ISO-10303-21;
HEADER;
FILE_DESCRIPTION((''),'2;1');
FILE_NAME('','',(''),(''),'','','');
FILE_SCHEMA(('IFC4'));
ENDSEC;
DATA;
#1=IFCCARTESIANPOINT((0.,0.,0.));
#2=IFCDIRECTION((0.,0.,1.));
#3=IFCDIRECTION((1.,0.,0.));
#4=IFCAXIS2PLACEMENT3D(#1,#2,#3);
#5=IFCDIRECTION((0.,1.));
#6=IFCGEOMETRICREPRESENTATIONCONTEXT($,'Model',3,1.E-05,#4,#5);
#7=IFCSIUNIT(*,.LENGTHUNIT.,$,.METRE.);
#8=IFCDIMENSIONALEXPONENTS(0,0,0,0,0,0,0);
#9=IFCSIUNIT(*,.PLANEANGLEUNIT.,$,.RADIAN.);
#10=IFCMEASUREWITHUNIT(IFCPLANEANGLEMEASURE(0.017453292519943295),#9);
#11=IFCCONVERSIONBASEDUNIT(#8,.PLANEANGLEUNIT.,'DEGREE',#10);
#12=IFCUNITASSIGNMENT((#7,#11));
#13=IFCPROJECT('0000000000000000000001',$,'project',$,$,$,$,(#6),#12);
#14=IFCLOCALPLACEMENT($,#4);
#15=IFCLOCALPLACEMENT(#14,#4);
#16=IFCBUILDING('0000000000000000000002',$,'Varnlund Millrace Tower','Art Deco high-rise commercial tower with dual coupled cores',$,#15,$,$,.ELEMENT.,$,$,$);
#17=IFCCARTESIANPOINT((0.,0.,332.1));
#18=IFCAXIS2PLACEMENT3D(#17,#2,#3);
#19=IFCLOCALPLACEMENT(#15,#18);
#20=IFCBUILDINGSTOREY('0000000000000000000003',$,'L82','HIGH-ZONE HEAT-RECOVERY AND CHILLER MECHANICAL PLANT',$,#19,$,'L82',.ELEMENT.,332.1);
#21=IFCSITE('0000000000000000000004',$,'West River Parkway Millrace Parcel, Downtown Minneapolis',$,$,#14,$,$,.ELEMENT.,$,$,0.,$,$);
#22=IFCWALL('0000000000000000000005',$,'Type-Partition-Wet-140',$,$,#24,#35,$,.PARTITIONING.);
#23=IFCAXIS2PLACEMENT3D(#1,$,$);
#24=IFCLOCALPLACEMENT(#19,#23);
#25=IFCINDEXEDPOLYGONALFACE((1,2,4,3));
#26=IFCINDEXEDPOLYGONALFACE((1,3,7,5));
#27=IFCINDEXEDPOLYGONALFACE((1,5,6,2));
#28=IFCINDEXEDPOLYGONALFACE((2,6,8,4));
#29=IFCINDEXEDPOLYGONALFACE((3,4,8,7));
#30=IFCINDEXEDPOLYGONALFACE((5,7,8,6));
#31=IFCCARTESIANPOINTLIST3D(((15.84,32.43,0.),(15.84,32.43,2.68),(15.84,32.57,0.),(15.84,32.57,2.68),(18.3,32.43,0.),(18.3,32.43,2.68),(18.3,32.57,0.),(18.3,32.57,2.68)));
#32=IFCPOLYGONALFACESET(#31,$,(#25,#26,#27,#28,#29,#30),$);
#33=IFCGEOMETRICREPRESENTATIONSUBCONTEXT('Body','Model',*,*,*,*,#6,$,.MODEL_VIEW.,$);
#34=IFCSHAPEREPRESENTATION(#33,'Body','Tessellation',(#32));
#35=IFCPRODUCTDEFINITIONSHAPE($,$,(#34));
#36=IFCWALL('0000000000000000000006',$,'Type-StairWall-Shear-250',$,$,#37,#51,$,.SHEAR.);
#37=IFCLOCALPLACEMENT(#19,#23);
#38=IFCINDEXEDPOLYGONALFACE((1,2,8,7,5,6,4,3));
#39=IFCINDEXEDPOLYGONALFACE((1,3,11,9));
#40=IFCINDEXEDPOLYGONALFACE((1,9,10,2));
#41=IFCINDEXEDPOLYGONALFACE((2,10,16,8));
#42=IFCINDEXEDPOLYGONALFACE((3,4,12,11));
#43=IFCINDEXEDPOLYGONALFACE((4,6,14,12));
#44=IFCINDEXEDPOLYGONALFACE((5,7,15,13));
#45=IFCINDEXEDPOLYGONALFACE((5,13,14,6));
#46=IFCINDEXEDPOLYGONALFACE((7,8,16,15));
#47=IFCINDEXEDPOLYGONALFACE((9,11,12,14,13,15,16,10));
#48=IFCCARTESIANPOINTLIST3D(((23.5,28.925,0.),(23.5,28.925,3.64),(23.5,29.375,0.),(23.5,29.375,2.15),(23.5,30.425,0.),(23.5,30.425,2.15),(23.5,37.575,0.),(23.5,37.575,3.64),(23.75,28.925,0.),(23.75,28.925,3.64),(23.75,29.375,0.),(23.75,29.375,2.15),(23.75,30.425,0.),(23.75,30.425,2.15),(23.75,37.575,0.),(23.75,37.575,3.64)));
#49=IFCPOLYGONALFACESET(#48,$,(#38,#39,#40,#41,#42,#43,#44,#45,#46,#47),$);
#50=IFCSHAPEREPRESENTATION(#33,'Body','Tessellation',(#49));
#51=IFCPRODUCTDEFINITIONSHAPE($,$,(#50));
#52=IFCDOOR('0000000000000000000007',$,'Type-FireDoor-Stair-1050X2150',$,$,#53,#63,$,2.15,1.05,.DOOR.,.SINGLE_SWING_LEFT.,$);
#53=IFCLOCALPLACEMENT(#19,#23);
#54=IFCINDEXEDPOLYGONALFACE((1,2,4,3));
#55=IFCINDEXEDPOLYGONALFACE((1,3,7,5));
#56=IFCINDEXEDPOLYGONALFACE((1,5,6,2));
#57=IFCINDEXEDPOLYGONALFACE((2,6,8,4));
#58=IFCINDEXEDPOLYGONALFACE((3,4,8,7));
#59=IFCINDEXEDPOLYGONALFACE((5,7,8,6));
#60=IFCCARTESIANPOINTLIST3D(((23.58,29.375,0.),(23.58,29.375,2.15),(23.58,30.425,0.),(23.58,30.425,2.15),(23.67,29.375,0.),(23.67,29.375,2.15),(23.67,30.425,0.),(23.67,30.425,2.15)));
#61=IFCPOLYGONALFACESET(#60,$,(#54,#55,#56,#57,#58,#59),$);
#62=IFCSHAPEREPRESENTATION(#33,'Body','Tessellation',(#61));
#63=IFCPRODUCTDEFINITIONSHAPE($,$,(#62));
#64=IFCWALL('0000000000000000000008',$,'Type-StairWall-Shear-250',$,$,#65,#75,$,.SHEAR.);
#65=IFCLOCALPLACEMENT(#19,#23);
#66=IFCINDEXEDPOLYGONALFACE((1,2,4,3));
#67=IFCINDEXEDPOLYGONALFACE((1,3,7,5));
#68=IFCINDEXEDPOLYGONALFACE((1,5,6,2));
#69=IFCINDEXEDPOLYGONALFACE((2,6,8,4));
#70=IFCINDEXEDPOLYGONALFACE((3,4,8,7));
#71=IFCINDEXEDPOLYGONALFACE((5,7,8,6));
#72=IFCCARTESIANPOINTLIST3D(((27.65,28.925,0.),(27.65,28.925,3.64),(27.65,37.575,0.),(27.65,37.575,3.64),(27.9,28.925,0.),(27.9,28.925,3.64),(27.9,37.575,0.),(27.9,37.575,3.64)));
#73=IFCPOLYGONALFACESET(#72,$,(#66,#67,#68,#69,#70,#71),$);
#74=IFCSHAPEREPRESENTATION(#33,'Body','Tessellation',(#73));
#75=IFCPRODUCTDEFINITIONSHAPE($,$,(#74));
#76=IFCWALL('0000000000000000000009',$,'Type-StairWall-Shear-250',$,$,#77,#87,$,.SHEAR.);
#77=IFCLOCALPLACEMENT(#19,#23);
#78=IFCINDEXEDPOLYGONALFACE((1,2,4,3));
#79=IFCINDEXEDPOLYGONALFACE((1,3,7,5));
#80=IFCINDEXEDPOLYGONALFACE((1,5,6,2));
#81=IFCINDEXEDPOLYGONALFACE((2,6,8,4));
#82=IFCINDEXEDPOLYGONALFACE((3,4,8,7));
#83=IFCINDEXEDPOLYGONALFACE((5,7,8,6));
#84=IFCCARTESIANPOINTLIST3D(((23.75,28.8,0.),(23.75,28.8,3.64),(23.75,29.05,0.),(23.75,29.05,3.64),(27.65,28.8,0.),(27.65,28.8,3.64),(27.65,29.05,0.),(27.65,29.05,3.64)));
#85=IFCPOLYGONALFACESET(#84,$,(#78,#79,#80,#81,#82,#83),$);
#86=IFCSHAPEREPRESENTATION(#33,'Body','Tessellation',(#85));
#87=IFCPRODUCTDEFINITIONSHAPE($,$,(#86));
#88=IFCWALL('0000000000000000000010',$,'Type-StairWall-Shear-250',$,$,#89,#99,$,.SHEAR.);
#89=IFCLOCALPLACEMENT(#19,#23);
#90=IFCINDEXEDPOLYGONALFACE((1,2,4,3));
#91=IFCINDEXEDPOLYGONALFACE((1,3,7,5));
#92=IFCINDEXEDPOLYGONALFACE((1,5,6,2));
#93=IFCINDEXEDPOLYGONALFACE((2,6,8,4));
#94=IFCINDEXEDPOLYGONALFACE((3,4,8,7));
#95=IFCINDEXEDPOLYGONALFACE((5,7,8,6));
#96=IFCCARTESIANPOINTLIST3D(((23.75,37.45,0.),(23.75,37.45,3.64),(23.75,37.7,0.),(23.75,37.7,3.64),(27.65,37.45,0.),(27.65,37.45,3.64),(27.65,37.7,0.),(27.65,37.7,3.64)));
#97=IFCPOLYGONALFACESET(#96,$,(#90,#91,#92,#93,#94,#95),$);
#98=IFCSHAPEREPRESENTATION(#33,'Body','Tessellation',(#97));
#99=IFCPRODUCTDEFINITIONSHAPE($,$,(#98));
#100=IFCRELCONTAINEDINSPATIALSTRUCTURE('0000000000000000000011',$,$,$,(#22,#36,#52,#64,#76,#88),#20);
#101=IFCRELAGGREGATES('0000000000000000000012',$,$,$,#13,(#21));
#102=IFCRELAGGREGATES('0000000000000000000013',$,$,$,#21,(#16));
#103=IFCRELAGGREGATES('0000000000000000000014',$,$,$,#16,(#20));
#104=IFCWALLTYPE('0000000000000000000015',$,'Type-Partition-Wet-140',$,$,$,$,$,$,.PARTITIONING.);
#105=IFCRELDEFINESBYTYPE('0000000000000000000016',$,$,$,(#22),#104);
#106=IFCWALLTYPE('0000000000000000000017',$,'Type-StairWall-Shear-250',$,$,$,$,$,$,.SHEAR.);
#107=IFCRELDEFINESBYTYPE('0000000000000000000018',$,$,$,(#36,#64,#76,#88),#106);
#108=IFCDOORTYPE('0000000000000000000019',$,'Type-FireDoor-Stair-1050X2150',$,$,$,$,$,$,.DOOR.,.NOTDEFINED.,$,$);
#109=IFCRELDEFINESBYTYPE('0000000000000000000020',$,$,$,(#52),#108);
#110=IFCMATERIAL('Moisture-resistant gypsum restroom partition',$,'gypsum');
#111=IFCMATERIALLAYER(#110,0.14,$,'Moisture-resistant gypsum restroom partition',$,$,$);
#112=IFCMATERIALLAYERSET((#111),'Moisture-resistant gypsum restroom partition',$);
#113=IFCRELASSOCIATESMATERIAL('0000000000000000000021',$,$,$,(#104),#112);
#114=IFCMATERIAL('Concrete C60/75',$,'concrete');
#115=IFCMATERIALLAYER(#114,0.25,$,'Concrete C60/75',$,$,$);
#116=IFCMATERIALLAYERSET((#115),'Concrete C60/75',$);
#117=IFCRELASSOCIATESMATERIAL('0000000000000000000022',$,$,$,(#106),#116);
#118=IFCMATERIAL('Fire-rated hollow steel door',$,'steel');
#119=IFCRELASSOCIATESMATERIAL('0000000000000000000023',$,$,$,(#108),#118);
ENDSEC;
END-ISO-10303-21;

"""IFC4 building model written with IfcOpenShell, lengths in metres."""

from ifc_helpers import new_model, entity, si_unit, converted_unit, direction, frame, origin_with_axes, origin_2d_with_axis, place, context, subcontext, project, spatial, polyline, rectangle, outline, extrude, material, layer, layer_set, type_object, element, fill, save


model = new_model("IFC4")

# Units and contexts
model_context = context("Model", 3, precision=1e-05, world=origin_with_axes(), true_north=direction((0.0, 1.0)))
body_context = subcontext(model_context, "Body", "Model", "MODEL_VIEW")
ifc_project = project(units=[si_unit("LENGTHUNIT", "METRE"), converted_unit("PLANEANGLEUNIT", "DEGREE", entity("IfcPlaneAngleMeasure", 0.017453292519943295), si_unit("PLANEANGLEUNIT", "RADIAN"), dimensions=[0, 0, 0, 0, 0, 0, 0])], contexts=[model_context])

# Site, building, storey
site_placement = place(None, origin_with_axes())
site = spatial("IfcSite", under=ifc_project, at=site_placement, Name="West River Parkway Millrace Parcel, Downtown Minneapolis", CompositionType="ELEMENT", RefElevation=0.0)
building_placement = place(site_placement, origin_with_axes())
building = spatial("IfcBuilding", under=site, at=building_placement, Name="Varnlund Millrace Tower", Description="Art Deco high-rise commercial tower with dual coupled cores", CompositionType="ELEMENT")
storey_placement = place(building_placement, frame((0.0, 0.0, 332.1), z_axis=(0.0, 0.0, 1.0), x_axis=(1.0, 0.0, 0.0)))
storey = spatial("IfcBuildingStorey", under=building, at=storey_placement, Name="L82", Description="HIGH-ZONE HEAT-RECOVERY AND CHILLER MECHANICAL PLANT", LongName="L82", CompositionType="ELEMENT", Elevation=332.1)

# Wall
ifc_material_1 = material(Name="Moisture-resistant gypsum restroom partition", Category="gypsum")
ifc_layer_1 = layer(ifc_material_1, 0.14, Name="Moisture-resistant gypsum restroom partition")
ifc_layer_set_1 = layer_set([ifc_layer_1], Name="Moisture-resistant gypsum restroom partition")
wall_type_1 = type_object("IfcWallType", Name="Type-Partition-Wet-140", PredefinedType="PARTITIONING", material=ifc_layer_set_1)
wall_1_placement = place(storey_placement, frame((15.84, 32.5, 0.0), z_axis=(0.0, 0.0, 1.0), x_axis=(1.0, 0.0, 0.0)))
element("IfcWall", 1, at=wall_1_placement, inside=storey, type_object=wall_type_1, Name="Type-Partition-Wet-140", PredefinedType="PARTITIONING", context=body_context, shape_type="SweptSolid", body=[
    extrude(outline(polyline([(0.0, -0.07), (2.46, -0.07), (2.46, 0.07), (0.0, 0.07), (0.0, -0.07)])), origin_with_axes(), (0.0, 0.0, 1.0), 2.68),
])

# Wall, opening, door
ifc_material_2 = material(Name="Concrete C60/75", Category="concrete")
ifc_layer_2 = layer(ifc_material_2, 0.25, Name="Concrete C60/75")
ifc_layer_set_2 = layer_set([ifc_layer_2], Name="Concrete C60/75")
wall_type_2 = type_object("IfcWallType", Name="Type-StairWall-Shear-250", PredefinedType="SHEAR", material=ifc_layer_set_2)
wall_2_placement = place(storey_placement, frame((23.625, 28.925, 0.0), z_axis=(0.0, 0.0, 1.0), x_axis=(0.0, 1.0, 0.0)))
wall_2 = element("IfcWall", 2, at=wall_2_placement, inside=storey, type_object=wall_type_2, Name="Type-StairWall-Shear-250", PredefinedType="SHEAR", context=body_context, shape_type="SweptSolid", body=[
    extrude(outline(polyline([(0.0, -0.125), (8.65, -0.125), (8.65, 0.125), (0.0, 0.125), (0.0, -0.125)])), origin_with_axes(), (0.0, 0.0, 1.0), 3.64),
])
opening_1_placement = place(wall_2_placement, frame((0.975, 0.0, 0.0), z_axis=(0.0, 0.0, 1.0), x_axis=(1.0, 0.0, 0.0)))
opening_1 = element("IfcOpeningElement", 3, at=opening_1_placement, cuts=wall_2, PredefinedType="OPENING", context=body_context, shape_type="SweptSolid", body=[
    extrude(rectangle(XDim=1.05, YDim=0.27, at=origin_2d_with_axis()), origin_with_axes(), (0.0, 0.0, 1.0), 2.15),
])
ifc_material_3 = material(Name="Fire-rated hollow steel door", Category="steel")
door_type_1 = type_object("IfcDoorType", Name="Type-FireDoor-Stair-1050X2150", OperationType="NOTDEFINED", PredefinedType="DOOR", material=ifc_material_3)
door_1_placement = place(wall_2_placement, frame((0.975, 0.0, 0.0), z_axis=(0.0, 0.0, 1.0), x_axis=(1.0, 0.0, 0.0)))
door_1 = element("IfcDoor", 4, at=door_1_placement, inside=storey, type_object=door_type_1, Name="Type-FireDoor-Stair-1050X2150", OperationType="SINGLE_SWING_LEFT", OverallHeight=2.15, OverallWidth=1.05, PredefinedType="DOOR", context=body_context, shape_type="SweptSolid", body=[
    extrude(rectangle(XDim=1.05, YDim=0.09, at=origin_2d_with_axis()), origin_with_axes(), (0.0, 0.0, 1.0), 2.15),
])
fill(opening_1, door_1)

# Walls
wall_3_placement = place(storey_placement, frame((27.775, 28.925, 0.0), z_axis=(0.0, 0.0, 1.0), x_axis=(0.0, 1.0, 0.0)))
element("IfcWall", 5, at=wall_3_placement, inside=storey, type_object=wall_type_2, Name="Type-StairWall-Shear-250", PredefinedType="SHEAR", context=body_context, shape_type="SweptSolid", body=[
    extrude(outline(polyline([(0.0, -0.125), (8.65, -0.125), (8.65, 0.125), (0.0, 0.125), (0.0, -0.125)])), origin_with_axes(), (0.0, 0.0, 1.0), 3.64),
])
for number, where, z_axis, x_axis, name in (
    (6, (23.75, 28.925, 0.0), (0.0, 0.0, 1.0), (1.0, 0.0, 0.0), "Type-StairWall-Shear-250"),
    (7, (23.75, 37.575, 0.0), (0.0, 0.0, 1.0), (1.0, 0.0, 0.0), "Type-StairWall-Shear-250"),
):
    element("IfcWall", number, at=place(storey_placement, frame(where, z_axis=z_axis, x_axis=x_axis)), inside=storey, type_object=wall_type_2, Name=name, PredefinedType="SHEAR", context=body_context, shape_type="SweptSolid", body=[
        extrude(outline(polyline([(0.0, -0.125), (3.9, -0.125), (3.9, 0.125), (0.0, 0.125), (0.0, -0.125)])), origin_with_axes(), (0.0, 0.0, 1.0), 3.64),
    ])

save(model, "model.ifc")
